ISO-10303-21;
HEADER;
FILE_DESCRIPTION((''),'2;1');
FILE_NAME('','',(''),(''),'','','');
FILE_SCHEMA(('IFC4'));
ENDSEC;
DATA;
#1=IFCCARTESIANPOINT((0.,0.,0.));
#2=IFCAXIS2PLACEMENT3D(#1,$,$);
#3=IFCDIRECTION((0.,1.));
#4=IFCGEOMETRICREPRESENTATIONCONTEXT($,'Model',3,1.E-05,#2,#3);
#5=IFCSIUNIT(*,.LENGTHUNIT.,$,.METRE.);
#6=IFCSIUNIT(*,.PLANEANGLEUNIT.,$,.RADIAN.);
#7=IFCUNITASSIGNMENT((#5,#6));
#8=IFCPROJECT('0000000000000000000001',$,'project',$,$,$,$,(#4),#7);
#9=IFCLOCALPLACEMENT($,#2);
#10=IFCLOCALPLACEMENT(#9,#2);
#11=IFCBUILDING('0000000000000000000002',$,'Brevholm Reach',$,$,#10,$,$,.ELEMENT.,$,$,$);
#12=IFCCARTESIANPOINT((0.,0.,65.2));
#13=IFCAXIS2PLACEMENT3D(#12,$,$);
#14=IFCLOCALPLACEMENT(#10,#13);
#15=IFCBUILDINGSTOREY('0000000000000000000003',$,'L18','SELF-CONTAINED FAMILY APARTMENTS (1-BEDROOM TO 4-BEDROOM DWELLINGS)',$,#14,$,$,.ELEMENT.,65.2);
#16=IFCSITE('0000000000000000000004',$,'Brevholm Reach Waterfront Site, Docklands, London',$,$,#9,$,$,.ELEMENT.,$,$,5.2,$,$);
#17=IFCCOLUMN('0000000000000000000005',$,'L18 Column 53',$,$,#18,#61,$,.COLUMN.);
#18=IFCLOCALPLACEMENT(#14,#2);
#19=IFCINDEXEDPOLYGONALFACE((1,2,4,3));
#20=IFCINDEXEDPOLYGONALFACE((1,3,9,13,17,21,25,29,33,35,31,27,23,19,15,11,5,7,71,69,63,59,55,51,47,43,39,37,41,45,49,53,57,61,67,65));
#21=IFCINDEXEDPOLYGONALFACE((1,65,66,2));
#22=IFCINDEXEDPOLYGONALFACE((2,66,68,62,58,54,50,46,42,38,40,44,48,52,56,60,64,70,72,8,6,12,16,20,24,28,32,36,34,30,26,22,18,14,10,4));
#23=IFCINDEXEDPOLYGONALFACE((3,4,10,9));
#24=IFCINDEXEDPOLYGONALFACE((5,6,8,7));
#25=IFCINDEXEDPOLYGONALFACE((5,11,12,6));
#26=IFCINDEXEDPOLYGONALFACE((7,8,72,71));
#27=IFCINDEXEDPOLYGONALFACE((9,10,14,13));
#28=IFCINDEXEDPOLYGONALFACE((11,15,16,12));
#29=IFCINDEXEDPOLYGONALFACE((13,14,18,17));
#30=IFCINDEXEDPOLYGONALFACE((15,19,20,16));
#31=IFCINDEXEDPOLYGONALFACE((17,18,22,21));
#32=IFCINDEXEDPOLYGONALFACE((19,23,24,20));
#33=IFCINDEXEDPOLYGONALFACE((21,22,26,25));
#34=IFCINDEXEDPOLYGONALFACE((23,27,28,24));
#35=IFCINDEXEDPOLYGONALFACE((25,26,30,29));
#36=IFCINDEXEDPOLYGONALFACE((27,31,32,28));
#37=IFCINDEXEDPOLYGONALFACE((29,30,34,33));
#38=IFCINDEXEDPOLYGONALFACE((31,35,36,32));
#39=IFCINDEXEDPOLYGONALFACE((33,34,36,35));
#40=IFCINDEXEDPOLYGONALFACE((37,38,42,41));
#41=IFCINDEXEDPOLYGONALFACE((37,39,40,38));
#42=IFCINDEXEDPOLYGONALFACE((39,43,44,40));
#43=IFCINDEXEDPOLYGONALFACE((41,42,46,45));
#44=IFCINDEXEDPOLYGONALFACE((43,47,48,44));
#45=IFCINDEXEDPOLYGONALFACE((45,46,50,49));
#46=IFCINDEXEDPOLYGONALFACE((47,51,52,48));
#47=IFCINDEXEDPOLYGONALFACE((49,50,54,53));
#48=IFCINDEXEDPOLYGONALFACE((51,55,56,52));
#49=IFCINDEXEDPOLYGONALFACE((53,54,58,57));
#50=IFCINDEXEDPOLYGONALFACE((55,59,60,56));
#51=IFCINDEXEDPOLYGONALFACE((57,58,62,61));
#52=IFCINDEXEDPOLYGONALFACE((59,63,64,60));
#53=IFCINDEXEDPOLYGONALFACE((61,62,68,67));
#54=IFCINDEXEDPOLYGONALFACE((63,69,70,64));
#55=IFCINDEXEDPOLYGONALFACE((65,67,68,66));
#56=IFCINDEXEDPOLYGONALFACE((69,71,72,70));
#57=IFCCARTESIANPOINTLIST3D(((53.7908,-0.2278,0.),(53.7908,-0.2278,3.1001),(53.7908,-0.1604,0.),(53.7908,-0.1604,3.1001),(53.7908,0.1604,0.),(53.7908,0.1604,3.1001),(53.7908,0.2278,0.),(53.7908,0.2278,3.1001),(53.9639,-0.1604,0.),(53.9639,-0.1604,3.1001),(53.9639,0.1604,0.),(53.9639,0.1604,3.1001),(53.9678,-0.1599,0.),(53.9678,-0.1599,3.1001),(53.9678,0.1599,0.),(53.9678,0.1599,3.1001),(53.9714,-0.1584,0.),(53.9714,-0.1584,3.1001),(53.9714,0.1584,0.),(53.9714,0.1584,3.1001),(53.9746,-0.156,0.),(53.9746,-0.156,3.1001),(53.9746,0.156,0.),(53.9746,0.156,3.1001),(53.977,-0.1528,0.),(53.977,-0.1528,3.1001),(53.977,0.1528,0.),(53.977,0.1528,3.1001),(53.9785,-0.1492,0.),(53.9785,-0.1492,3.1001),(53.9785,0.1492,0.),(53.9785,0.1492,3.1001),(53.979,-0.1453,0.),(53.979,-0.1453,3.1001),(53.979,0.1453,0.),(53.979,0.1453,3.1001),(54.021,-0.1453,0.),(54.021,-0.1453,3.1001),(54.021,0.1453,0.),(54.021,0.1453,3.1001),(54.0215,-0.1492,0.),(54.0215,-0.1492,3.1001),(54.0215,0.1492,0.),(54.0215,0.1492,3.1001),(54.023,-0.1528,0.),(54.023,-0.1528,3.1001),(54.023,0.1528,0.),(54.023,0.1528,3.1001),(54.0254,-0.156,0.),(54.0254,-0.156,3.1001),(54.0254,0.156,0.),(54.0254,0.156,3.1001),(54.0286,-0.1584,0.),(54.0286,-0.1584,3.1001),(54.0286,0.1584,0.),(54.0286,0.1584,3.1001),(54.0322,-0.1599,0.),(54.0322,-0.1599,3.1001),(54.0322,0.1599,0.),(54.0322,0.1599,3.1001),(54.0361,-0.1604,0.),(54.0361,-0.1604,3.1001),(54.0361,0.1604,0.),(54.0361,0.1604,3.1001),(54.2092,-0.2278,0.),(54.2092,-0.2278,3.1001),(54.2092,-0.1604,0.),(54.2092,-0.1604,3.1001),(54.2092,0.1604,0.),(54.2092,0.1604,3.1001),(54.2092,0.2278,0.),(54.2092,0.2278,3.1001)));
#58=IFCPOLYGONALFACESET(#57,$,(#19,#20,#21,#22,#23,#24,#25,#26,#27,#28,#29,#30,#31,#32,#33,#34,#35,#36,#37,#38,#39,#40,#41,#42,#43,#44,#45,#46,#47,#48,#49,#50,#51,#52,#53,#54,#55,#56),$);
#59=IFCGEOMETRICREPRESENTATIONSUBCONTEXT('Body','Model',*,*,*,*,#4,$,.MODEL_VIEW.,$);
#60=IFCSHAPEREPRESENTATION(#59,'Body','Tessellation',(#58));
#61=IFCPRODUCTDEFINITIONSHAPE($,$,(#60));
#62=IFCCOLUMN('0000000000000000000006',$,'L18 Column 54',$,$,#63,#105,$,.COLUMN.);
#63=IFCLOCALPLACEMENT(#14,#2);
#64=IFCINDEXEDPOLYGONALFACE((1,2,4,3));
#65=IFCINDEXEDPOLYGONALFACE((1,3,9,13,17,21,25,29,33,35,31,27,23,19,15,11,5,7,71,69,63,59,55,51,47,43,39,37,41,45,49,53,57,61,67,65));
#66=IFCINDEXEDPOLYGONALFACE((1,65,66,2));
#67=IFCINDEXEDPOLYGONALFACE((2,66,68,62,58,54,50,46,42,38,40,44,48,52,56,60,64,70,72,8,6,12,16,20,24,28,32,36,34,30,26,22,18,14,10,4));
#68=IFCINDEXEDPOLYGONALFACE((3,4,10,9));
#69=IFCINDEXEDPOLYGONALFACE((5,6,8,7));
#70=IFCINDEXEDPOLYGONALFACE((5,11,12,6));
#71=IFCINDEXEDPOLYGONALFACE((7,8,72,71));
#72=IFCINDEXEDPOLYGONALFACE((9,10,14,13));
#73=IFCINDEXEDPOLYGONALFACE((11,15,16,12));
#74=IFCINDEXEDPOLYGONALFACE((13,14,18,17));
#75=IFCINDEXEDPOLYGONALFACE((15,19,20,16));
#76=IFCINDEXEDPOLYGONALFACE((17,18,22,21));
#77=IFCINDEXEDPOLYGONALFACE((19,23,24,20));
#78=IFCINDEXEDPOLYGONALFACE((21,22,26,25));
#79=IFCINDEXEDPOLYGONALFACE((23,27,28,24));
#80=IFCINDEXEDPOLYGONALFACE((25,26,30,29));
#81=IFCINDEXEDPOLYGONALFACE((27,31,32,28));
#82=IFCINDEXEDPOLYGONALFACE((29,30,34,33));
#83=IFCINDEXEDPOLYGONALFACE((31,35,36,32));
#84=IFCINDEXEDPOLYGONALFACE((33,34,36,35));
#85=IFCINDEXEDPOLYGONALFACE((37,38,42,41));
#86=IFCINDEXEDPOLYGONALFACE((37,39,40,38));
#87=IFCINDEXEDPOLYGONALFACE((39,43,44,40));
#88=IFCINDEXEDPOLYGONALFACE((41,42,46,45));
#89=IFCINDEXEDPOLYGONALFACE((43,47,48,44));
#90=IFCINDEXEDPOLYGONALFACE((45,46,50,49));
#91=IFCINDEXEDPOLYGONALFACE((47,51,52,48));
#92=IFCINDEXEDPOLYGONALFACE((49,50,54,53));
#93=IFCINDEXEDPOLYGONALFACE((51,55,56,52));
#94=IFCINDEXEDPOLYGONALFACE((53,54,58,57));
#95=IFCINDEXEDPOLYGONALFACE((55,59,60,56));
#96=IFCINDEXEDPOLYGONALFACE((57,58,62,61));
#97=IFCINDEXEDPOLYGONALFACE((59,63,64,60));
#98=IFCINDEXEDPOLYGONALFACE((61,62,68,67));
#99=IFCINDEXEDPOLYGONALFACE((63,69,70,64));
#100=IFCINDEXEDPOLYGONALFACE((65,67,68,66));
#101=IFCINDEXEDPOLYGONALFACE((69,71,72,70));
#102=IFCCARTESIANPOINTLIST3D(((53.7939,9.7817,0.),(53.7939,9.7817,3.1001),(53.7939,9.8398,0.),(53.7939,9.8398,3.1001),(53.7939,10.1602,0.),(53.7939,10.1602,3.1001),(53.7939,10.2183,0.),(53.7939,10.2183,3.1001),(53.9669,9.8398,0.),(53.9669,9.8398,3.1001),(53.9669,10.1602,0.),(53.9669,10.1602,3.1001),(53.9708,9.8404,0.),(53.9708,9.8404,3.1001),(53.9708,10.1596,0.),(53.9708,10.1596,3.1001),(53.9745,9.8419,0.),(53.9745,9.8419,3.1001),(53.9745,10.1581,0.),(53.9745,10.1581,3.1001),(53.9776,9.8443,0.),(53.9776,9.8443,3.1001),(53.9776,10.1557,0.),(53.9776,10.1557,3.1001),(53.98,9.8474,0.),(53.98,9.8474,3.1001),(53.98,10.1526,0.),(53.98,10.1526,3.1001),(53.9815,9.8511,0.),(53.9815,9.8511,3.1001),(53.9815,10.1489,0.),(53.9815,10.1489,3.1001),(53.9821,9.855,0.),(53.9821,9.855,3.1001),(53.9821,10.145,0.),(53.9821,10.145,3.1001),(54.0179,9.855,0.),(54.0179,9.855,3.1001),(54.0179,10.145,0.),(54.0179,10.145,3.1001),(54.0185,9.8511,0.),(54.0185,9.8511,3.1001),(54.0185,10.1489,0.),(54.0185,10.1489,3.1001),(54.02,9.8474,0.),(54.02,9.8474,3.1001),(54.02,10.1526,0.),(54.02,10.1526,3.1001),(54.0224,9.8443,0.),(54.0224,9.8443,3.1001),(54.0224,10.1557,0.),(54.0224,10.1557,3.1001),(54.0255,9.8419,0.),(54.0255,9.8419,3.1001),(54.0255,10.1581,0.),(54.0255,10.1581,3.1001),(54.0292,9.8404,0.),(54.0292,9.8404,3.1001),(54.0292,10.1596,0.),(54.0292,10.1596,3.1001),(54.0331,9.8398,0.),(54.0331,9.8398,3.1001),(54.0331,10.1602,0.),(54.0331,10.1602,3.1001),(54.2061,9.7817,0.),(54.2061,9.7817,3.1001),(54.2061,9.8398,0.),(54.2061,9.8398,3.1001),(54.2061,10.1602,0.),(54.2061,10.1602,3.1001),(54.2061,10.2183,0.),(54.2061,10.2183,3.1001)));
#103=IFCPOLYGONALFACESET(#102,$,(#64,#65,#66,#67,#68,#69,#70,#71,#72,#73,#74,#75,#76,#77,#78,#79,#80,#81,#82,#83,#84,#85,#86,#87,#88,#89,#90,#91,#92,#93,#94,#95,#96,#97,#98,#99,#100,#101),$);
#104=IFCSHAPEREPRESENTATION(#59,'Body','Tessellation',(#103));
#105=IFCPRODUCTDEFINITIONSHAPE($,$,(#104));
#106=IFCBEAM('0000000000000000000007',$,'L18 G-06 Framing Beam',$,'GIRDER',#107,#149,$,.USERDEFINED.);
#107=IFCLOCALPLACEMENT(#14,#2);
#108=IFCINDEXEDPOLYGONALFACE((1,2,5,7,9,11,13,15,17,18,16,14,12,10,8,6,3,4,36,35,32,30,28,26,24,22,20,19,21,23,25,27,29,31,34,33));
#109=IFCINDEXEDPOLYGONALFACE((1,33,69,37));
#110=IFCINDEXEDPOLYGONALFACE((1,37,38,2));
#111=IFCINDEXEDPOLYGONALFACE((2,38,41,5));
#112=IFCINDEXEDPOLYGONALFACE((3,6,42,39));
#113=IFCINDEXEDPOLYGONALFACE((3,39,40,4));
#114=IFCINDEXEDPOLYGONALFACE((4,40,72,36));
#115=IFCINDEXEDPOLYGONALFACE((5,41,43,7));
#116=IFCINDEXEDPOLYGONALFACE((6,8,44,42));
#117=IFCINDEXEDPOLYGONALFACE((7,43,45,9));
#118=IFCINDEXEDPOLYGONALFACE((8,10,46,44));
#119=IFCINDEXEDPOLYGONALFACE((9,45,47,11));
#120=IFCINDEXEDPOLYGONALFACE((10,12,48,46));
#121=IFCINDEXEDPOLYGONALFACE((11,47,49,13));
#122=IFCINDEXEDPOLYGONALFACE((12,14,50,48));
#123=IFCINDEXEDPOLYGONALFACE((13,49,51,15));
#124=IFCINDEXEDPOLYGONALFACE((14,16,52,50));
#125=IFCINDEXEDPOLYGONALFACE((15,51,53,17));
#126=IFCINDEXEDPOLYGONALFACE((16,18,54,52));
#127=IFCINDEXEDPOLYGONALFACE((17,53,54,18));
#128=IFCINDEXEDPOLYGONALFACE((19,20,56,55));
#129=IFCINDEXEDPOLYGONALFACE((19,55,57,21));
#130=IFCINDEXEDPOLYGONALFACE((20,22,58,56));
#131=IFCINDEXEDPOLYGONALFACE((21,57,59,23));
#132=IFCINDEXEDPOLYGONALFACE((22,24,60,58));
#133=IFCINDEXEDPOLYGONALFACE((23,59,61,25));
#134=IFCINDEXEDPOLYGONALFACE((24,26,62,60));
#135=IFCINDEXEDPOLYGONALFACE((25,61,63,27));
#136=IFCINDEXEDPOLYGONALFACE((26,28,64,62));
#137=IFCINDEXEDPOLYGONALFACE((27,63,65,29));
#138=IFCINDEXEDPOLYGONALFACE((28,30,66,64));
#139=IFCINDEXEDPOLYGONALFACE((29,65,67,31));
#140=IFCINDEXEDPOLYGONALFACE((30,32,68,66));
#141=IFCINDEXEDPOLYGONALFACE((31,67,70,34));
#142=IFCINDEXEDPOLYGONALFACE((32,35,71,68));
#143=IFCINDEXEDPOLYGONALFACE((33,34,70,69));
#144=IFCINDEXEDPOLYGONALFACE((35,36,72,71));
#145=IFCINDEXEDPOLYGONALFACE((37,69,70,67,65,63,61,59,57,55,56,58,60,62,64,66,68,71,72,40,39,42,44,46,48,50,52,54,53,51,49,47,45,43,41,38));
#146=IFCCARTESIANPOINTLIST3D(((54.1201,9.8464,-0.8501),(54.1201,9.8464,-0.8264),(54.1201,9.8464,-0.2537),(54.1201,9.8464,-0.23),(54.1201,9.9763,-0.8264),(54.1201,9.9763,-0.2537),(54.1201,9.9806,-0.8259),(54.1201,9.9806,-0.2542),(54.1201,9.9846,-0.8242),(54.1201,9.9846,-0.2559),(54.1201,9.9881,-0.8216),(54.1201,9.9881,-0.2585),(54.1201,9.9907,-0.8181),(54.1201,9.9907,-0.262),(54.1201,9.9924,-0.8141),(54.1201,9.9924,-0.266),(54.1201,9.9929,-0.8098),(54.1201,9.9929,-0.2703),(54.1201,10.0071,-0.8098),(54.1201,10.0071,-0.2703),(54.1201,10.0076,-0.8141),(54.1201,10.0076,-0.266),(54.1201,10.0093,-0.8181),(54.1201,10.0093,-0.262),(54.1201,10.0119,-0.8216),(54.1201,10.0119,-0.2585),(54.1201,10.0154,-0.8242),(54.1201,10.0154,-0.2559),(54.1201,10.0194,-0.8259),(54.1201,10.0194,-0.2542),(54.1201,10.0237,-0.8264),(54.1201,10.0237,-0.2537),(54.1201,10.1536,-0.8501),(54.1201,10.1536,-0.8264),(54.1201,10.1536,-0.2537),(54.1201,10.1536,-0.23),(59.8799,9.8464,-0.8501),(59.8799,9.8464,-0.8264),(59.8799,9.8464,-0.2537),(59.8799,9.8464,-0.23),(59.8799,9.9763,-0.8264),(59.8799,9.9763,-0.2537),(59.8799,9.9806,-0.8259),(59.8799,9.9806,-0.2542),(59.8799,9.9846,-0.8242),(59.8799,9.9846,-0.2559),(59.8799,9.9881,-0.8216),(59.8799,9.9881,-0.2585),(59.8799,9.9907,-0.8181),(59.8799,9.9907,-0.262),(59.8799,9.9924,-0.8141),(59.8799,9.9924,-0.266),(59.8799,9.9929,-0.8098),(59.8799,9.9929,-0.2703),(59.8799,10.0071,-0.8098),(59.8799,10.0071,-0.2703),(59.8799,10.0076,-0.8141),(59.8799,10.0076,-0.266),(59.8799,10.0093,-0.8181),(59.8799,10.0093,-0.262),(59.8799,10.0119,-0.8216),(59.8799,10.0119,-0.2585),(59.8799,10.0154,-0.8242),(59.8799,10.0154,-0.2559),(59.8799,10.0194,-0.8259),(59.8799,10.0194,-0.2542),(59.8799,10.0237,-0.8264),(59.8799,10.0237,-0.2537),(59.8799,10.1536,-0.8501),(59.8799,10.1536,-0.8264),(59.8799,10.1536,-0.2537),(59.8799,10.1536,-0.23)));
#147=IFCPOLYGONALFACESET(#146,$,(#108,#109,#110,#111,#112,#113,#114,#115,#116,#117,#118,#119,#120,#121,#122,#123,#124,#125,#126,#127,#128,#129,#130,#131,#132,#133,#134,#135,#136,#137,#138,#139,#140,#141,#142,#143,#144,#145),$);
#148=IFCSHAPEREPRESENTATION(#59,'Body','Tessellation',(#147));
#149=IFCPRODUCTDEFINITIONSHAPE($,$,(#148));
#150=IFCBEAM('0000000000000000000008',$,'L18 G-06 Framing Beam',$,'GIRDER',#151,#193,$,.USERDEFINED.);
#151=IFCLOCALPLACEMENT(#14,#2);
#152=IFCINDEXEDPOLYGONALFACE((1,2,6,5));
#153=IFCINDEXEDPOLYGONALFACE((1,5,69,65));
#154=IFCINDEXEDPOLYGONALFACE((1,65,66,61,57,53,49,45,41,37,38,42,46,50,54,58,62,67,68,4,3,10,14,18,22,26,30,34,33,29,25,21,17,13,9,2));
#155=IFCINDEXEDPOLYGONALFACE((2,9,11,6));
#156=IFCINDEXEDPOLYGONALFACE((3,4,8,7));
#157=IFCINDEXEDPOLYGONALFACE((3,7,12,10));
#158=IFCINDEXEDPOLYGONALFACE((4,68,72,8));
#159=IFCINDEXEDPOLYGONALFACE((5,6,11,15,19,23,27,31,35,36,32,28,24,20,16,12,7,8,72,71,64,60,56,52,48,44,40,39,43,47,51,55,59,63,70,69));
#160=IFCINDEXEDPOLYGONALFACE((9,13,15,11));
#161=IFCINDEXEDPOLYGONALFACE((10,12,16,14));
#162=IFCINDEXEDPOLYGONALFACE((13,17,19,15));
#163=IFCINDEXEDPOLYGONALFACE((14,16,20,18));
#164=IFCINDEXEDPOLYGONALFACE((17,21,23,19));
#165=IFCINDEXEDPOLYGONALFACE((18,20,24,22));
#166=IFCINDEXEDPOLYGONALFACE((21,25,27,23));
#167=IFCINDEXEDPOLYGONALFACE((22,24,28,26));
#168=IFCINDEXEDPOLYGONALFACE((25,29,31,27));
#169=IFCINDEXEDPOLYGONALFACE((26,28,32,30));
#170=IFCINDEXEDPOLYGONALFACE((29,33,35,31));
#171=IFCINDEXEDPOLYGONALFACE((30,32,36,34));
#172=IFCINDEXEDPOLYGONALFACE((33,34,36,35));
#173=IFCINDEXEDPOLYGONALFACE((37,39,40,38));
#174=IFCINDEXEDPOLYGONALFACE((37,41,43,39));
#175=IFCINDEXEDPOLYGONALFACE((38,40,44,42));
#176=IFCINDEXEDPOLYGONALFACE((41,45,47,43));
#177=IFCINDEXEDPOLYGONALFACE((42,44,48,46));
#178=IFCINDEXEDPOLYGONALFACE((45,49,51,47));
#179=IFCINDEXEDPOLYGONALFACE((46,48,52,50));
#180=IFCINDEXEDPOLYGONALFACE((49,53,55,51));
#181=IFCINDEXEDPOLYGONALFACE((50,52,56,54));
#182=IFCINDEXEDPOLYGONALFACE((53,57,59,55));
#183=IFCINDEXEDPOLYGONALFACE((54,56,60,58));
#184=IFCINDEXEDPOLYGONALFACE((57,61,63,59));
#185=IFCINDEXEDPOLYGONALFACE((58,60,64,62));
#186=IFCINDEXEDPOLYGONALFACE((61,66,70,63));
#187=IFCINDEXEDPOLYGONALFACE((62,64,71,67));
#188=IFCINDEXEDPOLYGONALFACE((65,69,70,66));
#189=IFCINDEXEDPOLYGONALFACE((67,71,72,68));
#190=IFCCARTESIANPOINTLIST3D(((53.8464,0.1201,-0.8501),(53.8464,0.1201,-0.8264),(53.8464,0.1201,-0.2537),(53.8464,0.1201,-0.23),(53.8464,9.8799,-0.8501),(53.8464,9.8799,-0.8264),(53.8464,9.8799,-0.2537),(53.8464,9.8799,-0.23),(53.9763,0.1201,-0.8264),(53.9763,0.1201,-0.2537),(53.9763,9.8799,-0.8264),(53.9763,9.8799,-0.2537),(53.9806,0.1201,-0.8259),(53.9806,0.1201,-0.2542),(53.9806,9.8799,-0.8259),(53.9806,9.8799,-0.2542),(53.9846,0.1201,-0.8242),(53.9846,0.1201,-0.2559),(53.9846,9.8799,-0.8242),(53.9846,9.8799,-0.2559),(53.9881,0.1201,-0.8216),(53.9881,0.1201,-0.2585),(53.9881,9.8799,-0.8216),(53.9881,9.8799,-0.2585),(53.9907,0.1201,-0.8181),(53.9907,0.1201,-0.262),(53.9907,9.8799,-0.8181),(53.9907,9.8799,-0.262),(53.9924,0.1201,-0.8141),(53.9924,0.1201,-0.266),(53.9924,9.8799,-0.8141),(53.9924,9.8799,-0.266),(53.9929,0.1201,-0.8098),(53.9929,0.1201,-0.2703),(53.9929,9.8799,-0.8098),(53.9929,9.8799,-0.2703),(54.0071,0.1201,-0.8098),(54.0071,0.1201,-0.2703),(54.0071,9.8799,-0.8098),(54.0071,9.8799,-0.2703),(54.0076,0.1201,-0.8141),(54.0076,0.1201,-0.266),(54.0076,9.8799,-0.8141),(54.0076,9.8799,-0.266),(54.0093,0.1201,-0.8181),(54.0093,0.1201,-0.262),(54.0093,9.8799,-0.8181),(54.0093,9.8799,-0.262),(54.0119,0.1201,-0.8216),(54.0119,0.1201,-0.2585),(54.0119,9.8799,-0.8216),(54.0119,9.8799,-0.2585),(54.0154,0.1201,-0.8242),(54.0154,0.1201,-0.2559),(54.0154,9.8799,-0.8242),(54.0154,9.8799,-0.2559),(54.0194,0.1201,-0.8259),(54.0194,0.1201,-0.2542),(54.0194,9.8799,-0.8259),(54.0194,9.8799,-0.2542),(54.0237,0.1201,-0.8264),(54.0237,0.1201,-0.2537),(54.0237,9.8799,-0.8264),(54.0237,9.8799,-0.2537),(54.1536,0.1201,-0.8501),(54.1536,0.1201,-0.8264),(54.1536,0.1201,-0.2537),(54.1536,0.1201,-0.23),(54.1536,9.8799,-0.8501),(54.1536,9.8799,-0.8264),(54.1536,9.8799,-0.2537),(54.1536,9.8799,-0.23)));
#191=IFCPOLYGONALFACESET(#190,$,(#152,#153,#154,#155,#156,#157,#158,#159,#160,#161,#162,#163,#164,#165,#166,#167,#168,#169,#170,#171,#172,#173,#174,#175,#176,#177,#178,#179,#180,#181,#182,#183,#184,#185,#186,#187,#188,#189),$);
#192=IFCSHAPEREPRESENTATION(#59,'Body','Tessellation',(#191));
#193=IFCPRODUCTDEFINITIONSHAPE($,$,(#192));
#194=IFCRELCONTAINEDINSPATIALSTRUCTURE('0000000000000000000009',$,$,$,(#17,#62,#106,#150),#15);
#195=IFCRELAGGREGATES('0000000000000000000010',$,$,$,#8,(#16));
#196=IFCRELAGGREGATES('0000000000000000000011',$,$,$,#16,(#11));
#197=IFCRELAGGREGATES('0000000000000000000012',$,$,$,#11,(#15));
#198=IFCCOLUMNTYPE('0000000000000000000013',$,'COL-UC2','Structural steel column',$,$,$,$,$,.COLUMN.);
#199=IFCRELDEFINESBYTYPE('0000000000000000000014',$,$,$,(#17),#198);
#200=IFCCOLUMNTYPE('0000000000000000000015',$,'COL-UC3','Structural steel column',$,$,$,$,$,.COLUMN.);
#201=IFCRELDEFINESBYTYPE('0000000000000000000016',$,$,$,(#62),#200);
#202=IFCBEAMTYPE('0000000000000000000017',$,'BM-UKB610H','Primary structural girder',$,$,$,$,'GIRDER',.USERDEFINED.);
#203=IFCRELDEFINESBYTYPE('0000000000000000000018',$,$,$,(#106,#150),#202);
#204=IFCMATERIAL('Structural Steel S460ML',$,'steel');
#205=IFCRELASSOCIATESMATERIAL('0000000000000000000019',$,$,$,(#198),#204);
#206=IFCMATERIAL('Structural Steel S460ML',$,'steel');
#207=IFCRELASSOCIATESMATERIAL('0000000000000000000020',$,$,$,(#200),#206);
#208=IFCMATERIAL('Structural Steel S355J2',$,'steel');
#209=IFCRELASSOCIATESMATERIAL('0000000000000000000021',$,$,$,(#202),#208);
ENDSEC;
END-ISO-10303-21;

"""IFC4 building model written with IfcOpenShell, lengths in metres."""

from ifc_helpers import new_model, si_unit, direction, frame, origin, origin_2d, place, context, subcontext, project, spatial, i_section, extrude, material, material_profile, profile_set, type_object, element, save


model = new_model("IFC4")

# Units and contexts
model_context = context("Model", 3, precision=1e-05, world=origin(), true_north=direction((0.0, 1.0)))
body_context = subcontext(model_context, "Body", "Model", "MODEL_VIEW")
ifc_project = project(units=[si_unit("LENGTHUNIT", "METRE"), si_unit("PLANEANGLEUNIT", "RADIAN")], contexts=[model_context])

# Site, building, storey
site_placement = place(None, origin())
site = spatial("IfcSite", under=ifc_project, at=site_placement, Name="Brevholm Reach Waterfront Site, Docklands, London", CompositionType="ELEMENT", RefElevation=5.2)
building_placement = place(site_placement, origin())
building = spatial("IfcBuilding", under=site, at=building_placement, Name="Brevholm Reach", CompositionType="ELEMENT")
storey_placement = place(building_placement, frame((0.0, 0.0, 65.2)))
storey = spatial("IfcBuildingStorey", under=building, at=storey_placement, Name="L18", Description="SELF-CONTAINED FAMILY APARTMENTS (1-BEDROOM TO 4-BEDROOM DWELLINGS)", CompositionType="ELEMENT", Elevation=65.2)

# Columns
ifc_material_1 = material(Name="Structural Steel S460ML", Category="steel")
ifc_material_profile_1 = material_profile(ifc_material_1, i_section(OverallWidth=0.4185, OverallDepth=0.4556, WebThickness=0.042, FlangeThickness=0.0674, FilletRadius=0.0151, at=origin_2d()), Name="UKC 356x406x551")
ifc_profile_set_1 = profile_set([ifc_material_profile_1], Name="Structural Steel S460ML")
column_type_1 = type_object("IfcColumnType", Name="COL-UC2", Description="Structural steel column", PredefinedType="COLUMN", material=ifc_profile_set_1)
column_1_placement = place(storey_placement, frame((54.0, 0.0, 0.0), z_axis=(0.0, 0.0, 1.0), x_axis=(1.0, 0.0, 0.0)))
element("IfcColumn", 1, at=column_1_placement, inside=storey, type_object=column_type_1, Name="L18 Column 53", PredefinedType="COLUMN", context=body_context, shape_type="SweptSolid", body=[
    extrude(i_section(OverallWidth=0.4185, OverallDepth=0.4556, WebThickness=0.042, FlangeThickness=0.0674, FilletRadius=0.0151, at=origin_2d()), origin(), (0.0, 0.0, 1.0), 3.1001),
])
ifc_material_2 = material(Name="Structural Steel S460ML", Category="steel")
ifc_material_profile_2 = material_profile(ifc_material_2, i_section(OverallWidth=0.4121, OverallDepth=0.4365, WebThickness=0.0359, FlangeThickness=0.0581, FilletRadius=0.0151, at=origin_2d()), Name="UKC 356x406x467")
ifc_profile_set_2 = profile_set([ifc_material_profile_2], Name="Structural Steel S460ML")
column_type_2 = type_object("IfcColumnType", Name="COL-UC3", Description="Structural steel column", PredefinedType="COLUMN", material=ifc_profile_set_2)
column_2_placement = place(storey_placement, frame((54.0, 10.0, 0.0), z_axis=(0.0, 0.0, 1.0), x_axis=(1.0, 0.0, 0.0)))
element("IfcColumn", 2, at=column_2_placement, inside=storey, type_object=column_type_2, Name="L18 Column 54", PredefinedType="COLUMN", context=body_context, shape_type="SweptSolid", body=[
    extrude(i_section(OverallWidth=0.4121, OverallDepth=0.4365, WebThickness=0.0359, FlangeThickness=0.0581, FilletRadius=0.0151, at=origin_2d()), origin(), (0.0, 0.0, 1.0), 3.1001),
])

# Beams
ifc_material_3 = material(Name="Structural Steel S355J2", Category="steel")
ifc_material_profile_3 = material_profile(ifc_material_3, i_section(OverallWidth=0.3071, OverallDepth=0.6201, WebThickness=0.0142, FlangeThickness=0.0237, FilletRadius=0.0166, at=origin_2d()), Name="UKB 610x305x179")
ifc_profile_set_3 = profile_set([ifc_material_profile_3], Name="Structural Steel S355J2")
beam_type = type_object("IfcBeamType", Name="BM-UKB610H", Description="Primary structural girder", ElementType="GIRDER", PredefinedType="USERDEFINED", material=ifc_profile_set_3)
beam_1_placement = place(storey_placement, frame((54.1201, 10.0, -0.54), z_axis=(1.0, 0.0, 0.0), x_axis=(0.0, 1.0, 0.0)))
element("IfcBeam", 3, at=beam_1_placement, inside=storey, type_object=beam_type, Name="L18 G-06 Framing Beam", ObjectType="GIRDER", PredefinedType="USERDEFINED", context=body_context, shape_type="SweptSolid", body=[
    extrude(i_section(OverallWidth=0.3071, OverallDepth=0.6201, WebThickness=0.0142, FlangeThickness=0.0237, FilletRadius=0.0166, at=origin_2d()), origin(), (0.0, 0.0, 1.0), 5.7598),
])
beam_2_placement = place(storey_placement, frame((54.0, 0.1201, -0.54), z_axis=(0.0, 1.0, 0.0), x_axis=(-1.0, 0.0, 0.0)))
element("IfcBeam", 4, at=beam_2_placement, inside=storey, type_object=beam_type, Name="L18 G-06 Framing Beam", ObjectType="GIRDER", PredefinedType="USERDEFINED", context=body_context, shape_type="SweptSolid", body=[
    extrude(i_section(OverallWidth=0.3071, OverallDepth=0.6201, WebThickness=0.0142, FlangeThickness=0.0237, FilletRadius=0.0166, at=origin_2d()), origin(), (0.0, 0.0, 1.0), 9.7598),
])

save(model, "model.ifc")
